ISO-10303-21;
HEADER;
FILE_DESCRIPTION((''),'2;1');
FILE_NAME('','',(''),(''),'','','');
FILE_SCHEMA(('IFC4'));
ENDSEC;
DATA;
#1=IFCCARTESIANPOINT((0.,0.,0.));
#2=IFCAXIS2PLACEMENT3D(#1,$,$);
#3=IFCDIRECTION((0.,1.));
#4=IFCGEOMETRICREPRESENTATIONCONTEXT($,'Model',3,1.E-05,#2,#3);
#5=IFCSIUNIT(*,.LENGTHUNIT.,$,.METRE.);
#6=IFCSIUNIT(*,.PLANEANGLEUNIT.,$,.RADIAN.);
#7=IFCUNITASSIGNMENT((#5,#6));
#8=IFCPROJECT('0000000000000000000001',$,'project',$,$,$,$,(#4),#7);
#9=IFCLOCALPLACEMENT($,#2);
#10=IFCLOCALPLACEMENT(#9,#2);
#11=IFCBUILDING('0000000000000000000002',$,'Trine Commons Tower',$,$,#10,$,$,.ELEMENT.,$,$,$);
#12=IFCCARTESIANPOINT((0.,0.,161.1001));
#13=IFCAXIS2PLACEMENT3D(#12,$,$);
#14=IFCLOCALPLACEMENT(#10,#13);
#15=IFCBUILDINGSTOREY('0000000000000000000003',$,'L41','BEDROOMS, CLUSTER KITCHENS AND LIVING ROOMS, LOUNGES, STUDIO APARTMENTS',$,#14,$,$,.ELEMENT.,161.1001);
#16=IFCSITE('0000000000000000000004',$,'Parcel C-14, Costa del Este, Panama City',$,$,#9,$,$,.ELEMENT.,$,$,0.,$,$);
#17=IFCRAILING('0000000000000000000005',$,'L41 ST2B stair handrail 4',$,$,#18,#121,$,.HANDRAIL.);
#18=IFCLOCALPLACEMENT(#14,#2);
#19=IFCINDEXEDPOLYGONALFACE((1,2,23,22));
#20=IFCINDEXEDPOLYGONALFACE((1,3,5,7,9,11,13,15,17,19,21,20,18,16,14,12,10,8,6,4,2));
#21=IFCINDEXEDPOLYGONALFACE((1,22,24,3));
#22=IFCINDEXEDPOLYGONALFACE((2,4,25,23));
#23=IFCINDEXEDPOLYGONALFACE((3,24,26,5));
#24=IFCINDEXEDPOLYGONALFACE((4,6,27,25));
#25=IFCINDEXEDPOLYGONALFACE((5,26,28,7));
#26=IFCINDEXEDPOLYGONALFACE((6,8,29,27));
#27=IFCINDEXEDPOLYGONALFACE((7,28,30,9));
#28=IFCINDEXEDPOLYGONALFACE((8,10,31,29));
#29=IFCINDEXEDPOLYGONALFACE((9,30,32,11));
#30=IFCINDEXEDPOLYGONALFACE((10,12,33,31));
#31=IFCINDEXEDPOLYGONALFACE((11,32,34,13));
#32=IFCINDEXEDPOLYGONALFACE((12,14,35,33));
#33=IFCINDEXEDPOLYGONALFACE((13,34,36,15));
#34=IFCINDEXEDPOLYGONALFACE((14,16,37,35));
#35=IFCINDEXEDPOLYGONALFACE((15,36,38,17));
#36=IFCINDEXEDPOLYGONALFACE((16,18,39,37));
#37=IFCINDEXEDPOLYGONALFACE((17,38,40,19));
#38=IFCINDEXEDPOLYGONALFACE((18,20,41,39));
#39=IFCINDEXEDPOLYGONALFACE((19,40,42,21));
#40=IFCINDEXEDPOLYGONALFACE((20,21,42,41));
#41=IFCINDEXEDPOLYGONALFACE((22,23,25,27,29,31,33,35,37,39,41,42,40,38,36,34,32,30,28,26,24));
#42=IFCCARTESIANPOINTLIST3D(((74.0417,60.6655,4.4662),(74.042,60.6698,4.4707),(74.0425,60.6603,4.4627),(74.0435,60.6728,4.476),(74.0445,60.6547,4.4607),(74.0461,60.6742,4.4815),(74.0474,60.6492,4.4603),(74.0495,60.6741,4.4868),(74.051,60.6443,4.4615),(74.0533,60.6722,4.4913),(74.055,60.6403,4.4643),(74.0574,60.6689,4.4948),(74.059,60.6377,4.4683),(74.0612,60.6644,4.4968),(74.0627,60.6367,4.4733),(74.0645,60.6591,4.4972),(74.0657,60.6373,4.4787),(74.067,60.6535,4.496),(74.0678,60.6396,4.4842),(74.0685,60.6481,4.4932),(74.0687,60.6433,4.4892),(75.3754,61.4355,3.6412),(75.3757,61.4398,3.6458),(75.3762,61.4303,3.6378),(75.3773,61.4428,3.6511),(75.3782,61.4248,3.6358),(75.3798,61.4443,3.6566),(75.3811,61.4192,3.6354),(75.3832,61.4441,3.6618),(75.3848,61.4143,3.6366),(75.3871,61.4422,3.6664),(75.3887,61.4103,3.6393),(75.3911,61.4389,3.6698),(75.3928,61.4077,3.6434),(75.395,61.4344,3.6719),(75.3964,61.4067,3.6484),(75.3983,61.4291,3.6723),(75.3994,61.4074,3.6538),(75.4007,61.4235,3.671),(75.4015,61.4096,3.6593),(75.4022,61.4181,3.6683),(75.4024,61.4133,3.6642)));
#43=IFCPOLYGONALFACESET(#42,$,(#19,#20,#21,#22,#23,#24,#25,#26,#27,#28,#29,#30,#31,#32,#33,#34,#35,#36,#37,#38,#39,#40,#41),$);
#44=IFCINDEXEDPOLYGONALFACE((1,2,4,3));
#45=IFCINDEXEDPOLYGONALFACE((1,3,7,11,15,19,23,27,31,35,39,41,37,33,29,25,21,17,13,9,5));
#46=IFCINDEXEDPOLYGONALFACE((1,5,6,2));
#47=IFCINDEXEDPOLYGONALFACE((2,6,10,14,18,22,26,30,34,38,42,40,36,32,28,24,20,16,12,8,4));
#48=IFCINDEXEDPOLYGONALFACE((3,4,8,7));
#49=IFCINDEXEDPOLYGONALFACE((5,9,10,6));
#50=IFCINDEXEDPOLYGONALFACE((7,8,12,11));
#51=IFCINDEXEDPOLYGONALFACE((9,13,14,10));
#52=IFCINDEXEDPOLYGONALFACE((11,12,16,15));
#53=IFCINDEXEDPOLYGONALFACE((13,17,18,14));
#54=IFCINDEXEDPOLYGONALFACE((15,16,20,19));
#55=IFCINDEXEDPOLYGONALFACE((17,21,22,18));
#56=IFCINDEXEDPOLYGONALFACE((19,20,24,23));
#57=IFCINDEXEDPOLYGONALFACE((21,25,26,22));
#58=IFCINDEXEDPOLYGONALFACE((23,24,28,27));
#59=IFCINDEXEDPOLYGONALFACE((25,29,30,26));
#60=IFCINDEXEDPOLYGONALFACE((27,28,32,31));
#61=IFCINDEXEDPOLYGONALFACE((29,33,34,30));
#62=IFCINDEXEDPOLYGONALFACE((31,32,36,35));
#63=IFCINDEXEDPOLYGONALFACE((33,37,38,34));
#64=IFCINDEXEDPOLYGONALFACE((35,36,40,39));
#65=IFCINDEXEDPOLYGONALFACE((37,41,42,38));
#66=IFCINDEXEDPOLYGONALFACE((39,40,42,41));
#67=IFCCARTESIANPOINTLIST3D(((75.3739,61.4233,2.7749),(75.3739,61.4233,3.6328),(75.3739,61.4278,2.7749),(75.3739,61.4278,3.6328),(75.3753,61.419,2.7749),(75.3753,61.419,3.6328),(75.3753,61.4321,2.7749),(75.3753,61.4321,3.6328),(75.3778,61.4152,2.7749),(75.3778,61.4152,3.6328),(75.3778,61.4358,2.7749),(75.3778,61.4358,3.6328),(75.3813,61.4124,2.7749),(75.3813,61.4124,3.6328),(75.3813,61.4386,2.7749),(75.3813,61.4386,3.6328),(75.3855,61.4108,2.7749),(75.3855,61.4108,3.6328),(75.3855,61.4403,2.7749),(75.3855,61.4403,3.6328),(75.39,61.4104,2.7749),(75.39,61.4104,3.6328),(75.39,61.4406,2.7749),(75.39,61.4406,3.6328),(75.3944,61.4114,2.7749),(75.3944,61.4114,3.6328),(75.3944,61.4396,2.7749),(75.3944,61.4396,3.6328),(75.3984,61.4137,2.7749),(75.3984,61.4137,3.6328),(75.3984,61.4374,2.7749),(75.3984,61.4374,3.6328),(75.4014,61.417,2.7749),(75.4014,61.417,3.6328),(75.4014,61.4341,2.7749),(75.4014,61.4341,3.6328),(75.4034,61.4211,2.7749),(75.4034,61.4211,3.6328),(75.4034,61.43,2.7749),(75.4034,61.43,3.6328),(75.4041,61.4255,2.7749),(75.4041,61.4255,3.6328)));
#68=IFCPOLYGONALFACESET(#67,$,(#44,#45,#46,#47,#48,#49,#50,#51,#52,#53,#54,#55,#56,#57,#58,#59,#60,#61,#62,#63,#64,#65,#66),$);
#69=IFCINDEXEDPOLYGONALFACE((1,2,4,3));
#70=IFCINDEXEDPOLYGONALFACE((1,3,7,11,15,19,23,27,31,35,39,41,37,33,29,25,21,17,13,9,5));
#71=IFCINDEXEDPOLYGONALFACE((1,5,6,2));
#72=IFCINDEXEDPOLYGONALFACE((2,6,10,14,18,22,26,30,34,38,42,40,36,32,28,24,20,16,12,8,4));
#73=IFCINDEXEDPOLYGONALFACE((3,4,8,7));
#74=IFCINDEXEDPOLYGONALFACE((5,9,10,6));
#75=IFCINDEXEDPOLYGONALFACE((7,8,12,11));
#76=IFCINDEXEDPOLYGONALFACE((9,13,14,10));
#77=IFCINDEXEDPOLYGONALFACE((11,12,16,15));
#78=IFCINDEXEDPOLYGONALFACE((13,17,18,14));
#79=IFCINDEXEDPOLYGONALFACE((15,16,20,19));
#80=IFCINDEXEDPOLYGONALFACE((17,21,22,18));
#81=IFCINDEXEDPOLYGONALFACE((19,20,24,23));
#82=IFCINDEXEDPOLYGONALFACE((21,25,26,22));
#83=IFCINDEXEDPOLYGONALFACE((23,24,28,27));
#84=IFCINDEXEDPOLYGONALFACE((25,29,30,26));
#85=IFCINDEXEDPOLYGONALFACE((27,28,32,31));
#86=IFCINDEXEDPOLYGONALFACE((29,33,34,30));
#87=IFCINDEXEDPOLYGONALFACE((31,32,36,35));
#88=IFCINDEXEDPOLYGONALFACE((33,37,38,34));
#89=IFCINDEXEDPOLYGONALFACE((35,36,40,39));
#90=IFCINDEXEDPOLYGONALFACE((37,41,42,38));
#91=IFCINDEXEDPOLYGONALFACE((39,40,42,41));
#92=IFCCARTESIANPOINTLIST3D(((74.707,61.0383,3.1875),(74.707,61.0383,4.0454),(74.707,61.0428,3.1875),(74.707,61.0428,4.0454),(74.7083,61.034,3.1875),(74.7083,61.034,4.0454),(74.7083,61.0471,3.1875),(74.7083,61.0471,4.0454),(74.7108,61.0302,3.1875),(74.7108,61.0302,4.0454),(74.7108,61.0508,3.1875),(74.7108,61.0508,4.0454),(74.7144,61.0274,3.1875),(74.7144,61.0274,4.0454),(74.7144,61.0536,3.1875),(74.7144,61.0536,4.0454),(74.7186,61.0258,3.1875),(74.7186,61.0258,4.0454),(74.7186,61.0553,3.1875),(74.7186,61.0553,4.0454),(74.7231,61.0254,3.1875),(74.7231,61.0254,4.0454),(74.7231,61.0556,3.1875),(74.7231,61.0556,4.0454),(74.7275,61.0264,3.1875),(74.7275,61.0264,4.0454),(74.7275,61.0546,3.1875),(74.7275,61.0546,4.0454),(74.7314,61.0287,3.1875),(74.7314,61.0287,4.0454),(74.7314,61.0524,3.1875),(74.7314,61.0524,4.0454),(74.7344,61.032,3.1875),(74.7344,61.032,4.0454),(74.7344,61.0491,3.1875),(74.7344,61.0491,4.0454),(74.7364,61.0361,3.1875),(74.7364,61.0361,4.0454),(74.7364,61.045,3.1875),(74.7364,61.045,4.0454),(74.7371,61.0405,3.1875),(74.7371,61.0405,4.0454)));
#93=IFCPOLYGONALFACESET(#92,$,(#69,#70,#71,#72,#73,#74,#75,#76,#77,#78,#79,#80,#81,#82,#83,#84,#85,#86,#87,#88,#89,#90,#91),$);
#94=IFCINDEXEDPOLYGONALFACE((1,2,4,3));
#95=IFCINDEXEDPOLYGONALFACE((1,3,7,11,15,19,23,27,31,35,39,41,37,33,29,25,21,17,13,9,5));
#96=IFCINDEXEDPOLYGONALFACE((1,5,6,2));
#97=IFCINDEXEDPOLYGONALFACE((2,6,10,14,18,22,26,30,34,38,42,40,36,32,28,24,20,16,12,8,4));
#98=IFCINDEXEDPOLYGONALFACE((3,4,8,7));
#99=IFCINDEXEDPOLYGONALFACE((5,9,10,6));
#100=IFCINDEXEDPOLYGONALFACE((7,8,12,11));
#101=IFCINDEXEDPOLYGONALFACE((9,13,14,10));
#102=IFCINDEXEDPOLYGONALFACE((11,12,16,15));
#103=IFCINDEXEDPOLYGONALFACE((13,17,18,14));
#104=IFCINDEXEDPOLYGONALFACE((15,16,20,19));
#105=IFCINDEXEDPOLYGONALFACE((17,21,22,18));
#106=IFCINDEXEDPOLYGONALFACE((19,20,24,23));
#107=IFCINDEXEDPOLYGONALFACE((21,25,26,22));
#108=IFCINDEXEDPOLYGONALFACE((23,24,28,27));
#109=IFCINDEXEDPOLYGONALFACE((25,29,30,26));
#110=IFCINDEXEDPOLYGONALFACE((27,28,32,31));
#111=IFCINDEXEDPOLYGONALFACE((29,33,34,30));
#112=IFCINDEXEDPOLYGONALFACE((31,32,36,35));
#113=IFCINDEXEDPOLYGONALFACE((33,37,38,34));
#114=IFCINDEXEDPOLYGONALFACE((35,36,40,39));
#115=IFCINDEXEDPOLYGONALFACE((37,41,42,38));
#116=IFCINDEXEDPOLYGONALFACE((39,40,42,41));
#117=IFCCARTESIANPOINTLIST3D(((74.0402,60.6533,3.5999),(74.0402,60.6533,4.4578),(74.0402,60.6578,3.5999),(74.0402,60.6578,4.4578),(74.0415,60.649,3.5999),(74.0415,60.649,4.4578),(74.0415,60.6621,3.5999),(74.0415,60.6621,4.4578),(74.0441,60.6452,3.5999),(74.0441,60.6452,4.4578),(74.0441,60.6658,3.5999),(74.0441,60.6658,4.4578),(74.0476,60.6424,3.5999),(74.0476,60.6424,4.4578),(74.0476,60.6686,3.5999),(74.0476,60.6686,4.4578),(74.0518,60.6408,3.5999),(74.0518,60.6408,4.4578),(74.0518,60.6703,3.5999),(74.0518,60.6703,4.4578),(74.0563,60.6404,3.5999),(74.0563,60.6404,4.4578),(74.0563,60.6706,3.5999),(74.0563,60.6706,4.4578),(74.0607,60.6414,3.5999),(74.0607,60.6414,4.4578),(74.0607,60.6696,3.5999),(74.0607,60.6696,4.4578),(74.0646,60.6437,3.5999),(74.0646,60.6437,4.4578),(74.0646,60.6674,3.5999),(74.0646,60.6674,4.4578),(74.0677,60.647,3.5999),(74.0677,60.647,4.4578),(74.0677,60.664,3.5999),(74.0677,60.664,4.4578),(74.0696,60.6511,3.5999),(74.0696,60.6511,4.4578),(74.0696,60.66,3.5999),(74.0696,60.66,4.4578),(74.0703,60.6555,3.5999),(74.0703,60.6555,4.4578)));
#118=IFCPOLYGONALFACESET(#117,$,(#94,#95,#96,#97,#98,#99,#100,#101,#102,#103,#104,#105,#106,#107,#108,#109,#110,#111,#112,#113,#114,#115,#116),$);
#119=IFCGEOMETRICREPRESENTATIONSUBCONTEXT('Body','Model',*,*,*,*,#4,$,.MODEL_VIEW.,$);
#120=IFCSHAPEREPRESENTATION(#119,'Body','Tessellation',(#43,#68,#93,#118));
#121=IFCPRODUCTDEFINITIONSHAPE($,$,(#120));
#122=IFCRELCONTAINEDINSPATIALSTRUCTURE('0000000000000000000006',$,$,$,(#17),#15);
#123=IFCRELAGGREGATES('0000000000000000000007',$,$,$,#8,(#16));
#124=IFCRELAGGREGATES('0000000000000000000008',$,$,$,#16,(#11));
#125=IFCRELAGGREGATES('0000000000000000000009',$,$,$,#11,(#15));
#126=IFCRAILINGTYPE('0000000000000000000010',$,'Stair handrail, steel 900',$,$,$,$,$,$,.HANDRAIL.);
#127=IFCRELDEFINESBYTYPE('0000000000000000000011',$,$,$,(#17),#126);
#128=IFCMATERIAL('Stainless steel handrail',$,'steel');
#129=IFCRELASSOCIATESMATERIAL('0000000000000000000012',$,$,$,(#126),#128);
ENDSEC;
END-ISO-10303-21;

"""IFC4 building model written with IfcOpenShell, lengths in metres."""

from ifc_helpers import new_model, si_unit, direction, frame, origin, origin_2d, place, context, subcontext, project, spatial, circle, extrude, material, type_object, element, save


model = new_model("IFC4")

# Units and contexts
model_context = context("Model", 3, precision=1e-05, world=origin(), true_north=direction((0.0, 1.0)))
body_context = subcontext(model_context, "Body", "Model", "MODEL_VIEW")
ifc_project = project(units=[si_unit("LENGTHUNIT", "METRE"), si_unit("PLANEANGLEUNIT", "RADIAN")], contexts=[model_context])

# Site, building, storey
site_placement = place(None, origin())
site = spatial("IfcSite", under=ifc_project, at=site_placement, Name="Parcel C-14, Costa del Este, Panama City", CompositionType="ELEMENT", RefElevation=0.0)
building_placement = place(site_placement, origin())
building = spatial("IfcBuilding", under=site, at=building_placement, Name="Trine Commons Tower", CompositionType="ELEMENT")
storey_placement = place(building_placement, frame((0.0, 0.0, 161.1001)))
storey = spatial("IfcBuildingStorey", under=building, at=storey_placement, Name="L41", Description="BEDROOMS, CLUSTER KITCHENS AND LIVING ROOMS, LOUNGES, STUDIO APARTMENTS", CompositionType="ELEMENT", Elevation=161.1001)

# Railing
ifc_material_1 = material(Name="Stainless steel handrail", Category="steel")
railing_type_1 = type_object("IfcRailingType", Name="Stair handrail, steel 900", PredefinedType="HANDRAIL", material=ifc_material_1)
railing_1_placement = place(storey_placement, frame((75.3889, 61.4255, 2.7749)))
element("IfcRailing", 1, at=railing_1_placement, inside=storey, type_object=railing_type_1, Name="L41 ST2B stair handrail 4", PredefinedType="HANDRAIL", context=body_context, shape_type="SweptSolid", body=[
    extrude(circle(Radius=0.021, at=origin_2d()), frame((0.0, 0.0, 0.8789), z_axis=(-0.763405, -0.440743, 0.472185), x_axis=(0.499992, -0.86603, 0.0)), (0.0, 0.0, 1.0), 1.7471),
    extrude(circle(Radius=0.0151, at=origin_2d()), origin(), (0.0, 0.0, 1.0), 0.8579),
    extrude(circle(Radius=0.0151, at=origin_2d()), frame((-0.667, -0.385, 0.4126)), (0.0, 0.0, 1.0), 0.8579),
    extrude(circle(Radius=0.0151, at=origin_2d()), frame((-1.3337, -0.77, 0.825)), (0.0, 0.0, 1.0), 0.8579),
])

save(model, "model.ifc")
